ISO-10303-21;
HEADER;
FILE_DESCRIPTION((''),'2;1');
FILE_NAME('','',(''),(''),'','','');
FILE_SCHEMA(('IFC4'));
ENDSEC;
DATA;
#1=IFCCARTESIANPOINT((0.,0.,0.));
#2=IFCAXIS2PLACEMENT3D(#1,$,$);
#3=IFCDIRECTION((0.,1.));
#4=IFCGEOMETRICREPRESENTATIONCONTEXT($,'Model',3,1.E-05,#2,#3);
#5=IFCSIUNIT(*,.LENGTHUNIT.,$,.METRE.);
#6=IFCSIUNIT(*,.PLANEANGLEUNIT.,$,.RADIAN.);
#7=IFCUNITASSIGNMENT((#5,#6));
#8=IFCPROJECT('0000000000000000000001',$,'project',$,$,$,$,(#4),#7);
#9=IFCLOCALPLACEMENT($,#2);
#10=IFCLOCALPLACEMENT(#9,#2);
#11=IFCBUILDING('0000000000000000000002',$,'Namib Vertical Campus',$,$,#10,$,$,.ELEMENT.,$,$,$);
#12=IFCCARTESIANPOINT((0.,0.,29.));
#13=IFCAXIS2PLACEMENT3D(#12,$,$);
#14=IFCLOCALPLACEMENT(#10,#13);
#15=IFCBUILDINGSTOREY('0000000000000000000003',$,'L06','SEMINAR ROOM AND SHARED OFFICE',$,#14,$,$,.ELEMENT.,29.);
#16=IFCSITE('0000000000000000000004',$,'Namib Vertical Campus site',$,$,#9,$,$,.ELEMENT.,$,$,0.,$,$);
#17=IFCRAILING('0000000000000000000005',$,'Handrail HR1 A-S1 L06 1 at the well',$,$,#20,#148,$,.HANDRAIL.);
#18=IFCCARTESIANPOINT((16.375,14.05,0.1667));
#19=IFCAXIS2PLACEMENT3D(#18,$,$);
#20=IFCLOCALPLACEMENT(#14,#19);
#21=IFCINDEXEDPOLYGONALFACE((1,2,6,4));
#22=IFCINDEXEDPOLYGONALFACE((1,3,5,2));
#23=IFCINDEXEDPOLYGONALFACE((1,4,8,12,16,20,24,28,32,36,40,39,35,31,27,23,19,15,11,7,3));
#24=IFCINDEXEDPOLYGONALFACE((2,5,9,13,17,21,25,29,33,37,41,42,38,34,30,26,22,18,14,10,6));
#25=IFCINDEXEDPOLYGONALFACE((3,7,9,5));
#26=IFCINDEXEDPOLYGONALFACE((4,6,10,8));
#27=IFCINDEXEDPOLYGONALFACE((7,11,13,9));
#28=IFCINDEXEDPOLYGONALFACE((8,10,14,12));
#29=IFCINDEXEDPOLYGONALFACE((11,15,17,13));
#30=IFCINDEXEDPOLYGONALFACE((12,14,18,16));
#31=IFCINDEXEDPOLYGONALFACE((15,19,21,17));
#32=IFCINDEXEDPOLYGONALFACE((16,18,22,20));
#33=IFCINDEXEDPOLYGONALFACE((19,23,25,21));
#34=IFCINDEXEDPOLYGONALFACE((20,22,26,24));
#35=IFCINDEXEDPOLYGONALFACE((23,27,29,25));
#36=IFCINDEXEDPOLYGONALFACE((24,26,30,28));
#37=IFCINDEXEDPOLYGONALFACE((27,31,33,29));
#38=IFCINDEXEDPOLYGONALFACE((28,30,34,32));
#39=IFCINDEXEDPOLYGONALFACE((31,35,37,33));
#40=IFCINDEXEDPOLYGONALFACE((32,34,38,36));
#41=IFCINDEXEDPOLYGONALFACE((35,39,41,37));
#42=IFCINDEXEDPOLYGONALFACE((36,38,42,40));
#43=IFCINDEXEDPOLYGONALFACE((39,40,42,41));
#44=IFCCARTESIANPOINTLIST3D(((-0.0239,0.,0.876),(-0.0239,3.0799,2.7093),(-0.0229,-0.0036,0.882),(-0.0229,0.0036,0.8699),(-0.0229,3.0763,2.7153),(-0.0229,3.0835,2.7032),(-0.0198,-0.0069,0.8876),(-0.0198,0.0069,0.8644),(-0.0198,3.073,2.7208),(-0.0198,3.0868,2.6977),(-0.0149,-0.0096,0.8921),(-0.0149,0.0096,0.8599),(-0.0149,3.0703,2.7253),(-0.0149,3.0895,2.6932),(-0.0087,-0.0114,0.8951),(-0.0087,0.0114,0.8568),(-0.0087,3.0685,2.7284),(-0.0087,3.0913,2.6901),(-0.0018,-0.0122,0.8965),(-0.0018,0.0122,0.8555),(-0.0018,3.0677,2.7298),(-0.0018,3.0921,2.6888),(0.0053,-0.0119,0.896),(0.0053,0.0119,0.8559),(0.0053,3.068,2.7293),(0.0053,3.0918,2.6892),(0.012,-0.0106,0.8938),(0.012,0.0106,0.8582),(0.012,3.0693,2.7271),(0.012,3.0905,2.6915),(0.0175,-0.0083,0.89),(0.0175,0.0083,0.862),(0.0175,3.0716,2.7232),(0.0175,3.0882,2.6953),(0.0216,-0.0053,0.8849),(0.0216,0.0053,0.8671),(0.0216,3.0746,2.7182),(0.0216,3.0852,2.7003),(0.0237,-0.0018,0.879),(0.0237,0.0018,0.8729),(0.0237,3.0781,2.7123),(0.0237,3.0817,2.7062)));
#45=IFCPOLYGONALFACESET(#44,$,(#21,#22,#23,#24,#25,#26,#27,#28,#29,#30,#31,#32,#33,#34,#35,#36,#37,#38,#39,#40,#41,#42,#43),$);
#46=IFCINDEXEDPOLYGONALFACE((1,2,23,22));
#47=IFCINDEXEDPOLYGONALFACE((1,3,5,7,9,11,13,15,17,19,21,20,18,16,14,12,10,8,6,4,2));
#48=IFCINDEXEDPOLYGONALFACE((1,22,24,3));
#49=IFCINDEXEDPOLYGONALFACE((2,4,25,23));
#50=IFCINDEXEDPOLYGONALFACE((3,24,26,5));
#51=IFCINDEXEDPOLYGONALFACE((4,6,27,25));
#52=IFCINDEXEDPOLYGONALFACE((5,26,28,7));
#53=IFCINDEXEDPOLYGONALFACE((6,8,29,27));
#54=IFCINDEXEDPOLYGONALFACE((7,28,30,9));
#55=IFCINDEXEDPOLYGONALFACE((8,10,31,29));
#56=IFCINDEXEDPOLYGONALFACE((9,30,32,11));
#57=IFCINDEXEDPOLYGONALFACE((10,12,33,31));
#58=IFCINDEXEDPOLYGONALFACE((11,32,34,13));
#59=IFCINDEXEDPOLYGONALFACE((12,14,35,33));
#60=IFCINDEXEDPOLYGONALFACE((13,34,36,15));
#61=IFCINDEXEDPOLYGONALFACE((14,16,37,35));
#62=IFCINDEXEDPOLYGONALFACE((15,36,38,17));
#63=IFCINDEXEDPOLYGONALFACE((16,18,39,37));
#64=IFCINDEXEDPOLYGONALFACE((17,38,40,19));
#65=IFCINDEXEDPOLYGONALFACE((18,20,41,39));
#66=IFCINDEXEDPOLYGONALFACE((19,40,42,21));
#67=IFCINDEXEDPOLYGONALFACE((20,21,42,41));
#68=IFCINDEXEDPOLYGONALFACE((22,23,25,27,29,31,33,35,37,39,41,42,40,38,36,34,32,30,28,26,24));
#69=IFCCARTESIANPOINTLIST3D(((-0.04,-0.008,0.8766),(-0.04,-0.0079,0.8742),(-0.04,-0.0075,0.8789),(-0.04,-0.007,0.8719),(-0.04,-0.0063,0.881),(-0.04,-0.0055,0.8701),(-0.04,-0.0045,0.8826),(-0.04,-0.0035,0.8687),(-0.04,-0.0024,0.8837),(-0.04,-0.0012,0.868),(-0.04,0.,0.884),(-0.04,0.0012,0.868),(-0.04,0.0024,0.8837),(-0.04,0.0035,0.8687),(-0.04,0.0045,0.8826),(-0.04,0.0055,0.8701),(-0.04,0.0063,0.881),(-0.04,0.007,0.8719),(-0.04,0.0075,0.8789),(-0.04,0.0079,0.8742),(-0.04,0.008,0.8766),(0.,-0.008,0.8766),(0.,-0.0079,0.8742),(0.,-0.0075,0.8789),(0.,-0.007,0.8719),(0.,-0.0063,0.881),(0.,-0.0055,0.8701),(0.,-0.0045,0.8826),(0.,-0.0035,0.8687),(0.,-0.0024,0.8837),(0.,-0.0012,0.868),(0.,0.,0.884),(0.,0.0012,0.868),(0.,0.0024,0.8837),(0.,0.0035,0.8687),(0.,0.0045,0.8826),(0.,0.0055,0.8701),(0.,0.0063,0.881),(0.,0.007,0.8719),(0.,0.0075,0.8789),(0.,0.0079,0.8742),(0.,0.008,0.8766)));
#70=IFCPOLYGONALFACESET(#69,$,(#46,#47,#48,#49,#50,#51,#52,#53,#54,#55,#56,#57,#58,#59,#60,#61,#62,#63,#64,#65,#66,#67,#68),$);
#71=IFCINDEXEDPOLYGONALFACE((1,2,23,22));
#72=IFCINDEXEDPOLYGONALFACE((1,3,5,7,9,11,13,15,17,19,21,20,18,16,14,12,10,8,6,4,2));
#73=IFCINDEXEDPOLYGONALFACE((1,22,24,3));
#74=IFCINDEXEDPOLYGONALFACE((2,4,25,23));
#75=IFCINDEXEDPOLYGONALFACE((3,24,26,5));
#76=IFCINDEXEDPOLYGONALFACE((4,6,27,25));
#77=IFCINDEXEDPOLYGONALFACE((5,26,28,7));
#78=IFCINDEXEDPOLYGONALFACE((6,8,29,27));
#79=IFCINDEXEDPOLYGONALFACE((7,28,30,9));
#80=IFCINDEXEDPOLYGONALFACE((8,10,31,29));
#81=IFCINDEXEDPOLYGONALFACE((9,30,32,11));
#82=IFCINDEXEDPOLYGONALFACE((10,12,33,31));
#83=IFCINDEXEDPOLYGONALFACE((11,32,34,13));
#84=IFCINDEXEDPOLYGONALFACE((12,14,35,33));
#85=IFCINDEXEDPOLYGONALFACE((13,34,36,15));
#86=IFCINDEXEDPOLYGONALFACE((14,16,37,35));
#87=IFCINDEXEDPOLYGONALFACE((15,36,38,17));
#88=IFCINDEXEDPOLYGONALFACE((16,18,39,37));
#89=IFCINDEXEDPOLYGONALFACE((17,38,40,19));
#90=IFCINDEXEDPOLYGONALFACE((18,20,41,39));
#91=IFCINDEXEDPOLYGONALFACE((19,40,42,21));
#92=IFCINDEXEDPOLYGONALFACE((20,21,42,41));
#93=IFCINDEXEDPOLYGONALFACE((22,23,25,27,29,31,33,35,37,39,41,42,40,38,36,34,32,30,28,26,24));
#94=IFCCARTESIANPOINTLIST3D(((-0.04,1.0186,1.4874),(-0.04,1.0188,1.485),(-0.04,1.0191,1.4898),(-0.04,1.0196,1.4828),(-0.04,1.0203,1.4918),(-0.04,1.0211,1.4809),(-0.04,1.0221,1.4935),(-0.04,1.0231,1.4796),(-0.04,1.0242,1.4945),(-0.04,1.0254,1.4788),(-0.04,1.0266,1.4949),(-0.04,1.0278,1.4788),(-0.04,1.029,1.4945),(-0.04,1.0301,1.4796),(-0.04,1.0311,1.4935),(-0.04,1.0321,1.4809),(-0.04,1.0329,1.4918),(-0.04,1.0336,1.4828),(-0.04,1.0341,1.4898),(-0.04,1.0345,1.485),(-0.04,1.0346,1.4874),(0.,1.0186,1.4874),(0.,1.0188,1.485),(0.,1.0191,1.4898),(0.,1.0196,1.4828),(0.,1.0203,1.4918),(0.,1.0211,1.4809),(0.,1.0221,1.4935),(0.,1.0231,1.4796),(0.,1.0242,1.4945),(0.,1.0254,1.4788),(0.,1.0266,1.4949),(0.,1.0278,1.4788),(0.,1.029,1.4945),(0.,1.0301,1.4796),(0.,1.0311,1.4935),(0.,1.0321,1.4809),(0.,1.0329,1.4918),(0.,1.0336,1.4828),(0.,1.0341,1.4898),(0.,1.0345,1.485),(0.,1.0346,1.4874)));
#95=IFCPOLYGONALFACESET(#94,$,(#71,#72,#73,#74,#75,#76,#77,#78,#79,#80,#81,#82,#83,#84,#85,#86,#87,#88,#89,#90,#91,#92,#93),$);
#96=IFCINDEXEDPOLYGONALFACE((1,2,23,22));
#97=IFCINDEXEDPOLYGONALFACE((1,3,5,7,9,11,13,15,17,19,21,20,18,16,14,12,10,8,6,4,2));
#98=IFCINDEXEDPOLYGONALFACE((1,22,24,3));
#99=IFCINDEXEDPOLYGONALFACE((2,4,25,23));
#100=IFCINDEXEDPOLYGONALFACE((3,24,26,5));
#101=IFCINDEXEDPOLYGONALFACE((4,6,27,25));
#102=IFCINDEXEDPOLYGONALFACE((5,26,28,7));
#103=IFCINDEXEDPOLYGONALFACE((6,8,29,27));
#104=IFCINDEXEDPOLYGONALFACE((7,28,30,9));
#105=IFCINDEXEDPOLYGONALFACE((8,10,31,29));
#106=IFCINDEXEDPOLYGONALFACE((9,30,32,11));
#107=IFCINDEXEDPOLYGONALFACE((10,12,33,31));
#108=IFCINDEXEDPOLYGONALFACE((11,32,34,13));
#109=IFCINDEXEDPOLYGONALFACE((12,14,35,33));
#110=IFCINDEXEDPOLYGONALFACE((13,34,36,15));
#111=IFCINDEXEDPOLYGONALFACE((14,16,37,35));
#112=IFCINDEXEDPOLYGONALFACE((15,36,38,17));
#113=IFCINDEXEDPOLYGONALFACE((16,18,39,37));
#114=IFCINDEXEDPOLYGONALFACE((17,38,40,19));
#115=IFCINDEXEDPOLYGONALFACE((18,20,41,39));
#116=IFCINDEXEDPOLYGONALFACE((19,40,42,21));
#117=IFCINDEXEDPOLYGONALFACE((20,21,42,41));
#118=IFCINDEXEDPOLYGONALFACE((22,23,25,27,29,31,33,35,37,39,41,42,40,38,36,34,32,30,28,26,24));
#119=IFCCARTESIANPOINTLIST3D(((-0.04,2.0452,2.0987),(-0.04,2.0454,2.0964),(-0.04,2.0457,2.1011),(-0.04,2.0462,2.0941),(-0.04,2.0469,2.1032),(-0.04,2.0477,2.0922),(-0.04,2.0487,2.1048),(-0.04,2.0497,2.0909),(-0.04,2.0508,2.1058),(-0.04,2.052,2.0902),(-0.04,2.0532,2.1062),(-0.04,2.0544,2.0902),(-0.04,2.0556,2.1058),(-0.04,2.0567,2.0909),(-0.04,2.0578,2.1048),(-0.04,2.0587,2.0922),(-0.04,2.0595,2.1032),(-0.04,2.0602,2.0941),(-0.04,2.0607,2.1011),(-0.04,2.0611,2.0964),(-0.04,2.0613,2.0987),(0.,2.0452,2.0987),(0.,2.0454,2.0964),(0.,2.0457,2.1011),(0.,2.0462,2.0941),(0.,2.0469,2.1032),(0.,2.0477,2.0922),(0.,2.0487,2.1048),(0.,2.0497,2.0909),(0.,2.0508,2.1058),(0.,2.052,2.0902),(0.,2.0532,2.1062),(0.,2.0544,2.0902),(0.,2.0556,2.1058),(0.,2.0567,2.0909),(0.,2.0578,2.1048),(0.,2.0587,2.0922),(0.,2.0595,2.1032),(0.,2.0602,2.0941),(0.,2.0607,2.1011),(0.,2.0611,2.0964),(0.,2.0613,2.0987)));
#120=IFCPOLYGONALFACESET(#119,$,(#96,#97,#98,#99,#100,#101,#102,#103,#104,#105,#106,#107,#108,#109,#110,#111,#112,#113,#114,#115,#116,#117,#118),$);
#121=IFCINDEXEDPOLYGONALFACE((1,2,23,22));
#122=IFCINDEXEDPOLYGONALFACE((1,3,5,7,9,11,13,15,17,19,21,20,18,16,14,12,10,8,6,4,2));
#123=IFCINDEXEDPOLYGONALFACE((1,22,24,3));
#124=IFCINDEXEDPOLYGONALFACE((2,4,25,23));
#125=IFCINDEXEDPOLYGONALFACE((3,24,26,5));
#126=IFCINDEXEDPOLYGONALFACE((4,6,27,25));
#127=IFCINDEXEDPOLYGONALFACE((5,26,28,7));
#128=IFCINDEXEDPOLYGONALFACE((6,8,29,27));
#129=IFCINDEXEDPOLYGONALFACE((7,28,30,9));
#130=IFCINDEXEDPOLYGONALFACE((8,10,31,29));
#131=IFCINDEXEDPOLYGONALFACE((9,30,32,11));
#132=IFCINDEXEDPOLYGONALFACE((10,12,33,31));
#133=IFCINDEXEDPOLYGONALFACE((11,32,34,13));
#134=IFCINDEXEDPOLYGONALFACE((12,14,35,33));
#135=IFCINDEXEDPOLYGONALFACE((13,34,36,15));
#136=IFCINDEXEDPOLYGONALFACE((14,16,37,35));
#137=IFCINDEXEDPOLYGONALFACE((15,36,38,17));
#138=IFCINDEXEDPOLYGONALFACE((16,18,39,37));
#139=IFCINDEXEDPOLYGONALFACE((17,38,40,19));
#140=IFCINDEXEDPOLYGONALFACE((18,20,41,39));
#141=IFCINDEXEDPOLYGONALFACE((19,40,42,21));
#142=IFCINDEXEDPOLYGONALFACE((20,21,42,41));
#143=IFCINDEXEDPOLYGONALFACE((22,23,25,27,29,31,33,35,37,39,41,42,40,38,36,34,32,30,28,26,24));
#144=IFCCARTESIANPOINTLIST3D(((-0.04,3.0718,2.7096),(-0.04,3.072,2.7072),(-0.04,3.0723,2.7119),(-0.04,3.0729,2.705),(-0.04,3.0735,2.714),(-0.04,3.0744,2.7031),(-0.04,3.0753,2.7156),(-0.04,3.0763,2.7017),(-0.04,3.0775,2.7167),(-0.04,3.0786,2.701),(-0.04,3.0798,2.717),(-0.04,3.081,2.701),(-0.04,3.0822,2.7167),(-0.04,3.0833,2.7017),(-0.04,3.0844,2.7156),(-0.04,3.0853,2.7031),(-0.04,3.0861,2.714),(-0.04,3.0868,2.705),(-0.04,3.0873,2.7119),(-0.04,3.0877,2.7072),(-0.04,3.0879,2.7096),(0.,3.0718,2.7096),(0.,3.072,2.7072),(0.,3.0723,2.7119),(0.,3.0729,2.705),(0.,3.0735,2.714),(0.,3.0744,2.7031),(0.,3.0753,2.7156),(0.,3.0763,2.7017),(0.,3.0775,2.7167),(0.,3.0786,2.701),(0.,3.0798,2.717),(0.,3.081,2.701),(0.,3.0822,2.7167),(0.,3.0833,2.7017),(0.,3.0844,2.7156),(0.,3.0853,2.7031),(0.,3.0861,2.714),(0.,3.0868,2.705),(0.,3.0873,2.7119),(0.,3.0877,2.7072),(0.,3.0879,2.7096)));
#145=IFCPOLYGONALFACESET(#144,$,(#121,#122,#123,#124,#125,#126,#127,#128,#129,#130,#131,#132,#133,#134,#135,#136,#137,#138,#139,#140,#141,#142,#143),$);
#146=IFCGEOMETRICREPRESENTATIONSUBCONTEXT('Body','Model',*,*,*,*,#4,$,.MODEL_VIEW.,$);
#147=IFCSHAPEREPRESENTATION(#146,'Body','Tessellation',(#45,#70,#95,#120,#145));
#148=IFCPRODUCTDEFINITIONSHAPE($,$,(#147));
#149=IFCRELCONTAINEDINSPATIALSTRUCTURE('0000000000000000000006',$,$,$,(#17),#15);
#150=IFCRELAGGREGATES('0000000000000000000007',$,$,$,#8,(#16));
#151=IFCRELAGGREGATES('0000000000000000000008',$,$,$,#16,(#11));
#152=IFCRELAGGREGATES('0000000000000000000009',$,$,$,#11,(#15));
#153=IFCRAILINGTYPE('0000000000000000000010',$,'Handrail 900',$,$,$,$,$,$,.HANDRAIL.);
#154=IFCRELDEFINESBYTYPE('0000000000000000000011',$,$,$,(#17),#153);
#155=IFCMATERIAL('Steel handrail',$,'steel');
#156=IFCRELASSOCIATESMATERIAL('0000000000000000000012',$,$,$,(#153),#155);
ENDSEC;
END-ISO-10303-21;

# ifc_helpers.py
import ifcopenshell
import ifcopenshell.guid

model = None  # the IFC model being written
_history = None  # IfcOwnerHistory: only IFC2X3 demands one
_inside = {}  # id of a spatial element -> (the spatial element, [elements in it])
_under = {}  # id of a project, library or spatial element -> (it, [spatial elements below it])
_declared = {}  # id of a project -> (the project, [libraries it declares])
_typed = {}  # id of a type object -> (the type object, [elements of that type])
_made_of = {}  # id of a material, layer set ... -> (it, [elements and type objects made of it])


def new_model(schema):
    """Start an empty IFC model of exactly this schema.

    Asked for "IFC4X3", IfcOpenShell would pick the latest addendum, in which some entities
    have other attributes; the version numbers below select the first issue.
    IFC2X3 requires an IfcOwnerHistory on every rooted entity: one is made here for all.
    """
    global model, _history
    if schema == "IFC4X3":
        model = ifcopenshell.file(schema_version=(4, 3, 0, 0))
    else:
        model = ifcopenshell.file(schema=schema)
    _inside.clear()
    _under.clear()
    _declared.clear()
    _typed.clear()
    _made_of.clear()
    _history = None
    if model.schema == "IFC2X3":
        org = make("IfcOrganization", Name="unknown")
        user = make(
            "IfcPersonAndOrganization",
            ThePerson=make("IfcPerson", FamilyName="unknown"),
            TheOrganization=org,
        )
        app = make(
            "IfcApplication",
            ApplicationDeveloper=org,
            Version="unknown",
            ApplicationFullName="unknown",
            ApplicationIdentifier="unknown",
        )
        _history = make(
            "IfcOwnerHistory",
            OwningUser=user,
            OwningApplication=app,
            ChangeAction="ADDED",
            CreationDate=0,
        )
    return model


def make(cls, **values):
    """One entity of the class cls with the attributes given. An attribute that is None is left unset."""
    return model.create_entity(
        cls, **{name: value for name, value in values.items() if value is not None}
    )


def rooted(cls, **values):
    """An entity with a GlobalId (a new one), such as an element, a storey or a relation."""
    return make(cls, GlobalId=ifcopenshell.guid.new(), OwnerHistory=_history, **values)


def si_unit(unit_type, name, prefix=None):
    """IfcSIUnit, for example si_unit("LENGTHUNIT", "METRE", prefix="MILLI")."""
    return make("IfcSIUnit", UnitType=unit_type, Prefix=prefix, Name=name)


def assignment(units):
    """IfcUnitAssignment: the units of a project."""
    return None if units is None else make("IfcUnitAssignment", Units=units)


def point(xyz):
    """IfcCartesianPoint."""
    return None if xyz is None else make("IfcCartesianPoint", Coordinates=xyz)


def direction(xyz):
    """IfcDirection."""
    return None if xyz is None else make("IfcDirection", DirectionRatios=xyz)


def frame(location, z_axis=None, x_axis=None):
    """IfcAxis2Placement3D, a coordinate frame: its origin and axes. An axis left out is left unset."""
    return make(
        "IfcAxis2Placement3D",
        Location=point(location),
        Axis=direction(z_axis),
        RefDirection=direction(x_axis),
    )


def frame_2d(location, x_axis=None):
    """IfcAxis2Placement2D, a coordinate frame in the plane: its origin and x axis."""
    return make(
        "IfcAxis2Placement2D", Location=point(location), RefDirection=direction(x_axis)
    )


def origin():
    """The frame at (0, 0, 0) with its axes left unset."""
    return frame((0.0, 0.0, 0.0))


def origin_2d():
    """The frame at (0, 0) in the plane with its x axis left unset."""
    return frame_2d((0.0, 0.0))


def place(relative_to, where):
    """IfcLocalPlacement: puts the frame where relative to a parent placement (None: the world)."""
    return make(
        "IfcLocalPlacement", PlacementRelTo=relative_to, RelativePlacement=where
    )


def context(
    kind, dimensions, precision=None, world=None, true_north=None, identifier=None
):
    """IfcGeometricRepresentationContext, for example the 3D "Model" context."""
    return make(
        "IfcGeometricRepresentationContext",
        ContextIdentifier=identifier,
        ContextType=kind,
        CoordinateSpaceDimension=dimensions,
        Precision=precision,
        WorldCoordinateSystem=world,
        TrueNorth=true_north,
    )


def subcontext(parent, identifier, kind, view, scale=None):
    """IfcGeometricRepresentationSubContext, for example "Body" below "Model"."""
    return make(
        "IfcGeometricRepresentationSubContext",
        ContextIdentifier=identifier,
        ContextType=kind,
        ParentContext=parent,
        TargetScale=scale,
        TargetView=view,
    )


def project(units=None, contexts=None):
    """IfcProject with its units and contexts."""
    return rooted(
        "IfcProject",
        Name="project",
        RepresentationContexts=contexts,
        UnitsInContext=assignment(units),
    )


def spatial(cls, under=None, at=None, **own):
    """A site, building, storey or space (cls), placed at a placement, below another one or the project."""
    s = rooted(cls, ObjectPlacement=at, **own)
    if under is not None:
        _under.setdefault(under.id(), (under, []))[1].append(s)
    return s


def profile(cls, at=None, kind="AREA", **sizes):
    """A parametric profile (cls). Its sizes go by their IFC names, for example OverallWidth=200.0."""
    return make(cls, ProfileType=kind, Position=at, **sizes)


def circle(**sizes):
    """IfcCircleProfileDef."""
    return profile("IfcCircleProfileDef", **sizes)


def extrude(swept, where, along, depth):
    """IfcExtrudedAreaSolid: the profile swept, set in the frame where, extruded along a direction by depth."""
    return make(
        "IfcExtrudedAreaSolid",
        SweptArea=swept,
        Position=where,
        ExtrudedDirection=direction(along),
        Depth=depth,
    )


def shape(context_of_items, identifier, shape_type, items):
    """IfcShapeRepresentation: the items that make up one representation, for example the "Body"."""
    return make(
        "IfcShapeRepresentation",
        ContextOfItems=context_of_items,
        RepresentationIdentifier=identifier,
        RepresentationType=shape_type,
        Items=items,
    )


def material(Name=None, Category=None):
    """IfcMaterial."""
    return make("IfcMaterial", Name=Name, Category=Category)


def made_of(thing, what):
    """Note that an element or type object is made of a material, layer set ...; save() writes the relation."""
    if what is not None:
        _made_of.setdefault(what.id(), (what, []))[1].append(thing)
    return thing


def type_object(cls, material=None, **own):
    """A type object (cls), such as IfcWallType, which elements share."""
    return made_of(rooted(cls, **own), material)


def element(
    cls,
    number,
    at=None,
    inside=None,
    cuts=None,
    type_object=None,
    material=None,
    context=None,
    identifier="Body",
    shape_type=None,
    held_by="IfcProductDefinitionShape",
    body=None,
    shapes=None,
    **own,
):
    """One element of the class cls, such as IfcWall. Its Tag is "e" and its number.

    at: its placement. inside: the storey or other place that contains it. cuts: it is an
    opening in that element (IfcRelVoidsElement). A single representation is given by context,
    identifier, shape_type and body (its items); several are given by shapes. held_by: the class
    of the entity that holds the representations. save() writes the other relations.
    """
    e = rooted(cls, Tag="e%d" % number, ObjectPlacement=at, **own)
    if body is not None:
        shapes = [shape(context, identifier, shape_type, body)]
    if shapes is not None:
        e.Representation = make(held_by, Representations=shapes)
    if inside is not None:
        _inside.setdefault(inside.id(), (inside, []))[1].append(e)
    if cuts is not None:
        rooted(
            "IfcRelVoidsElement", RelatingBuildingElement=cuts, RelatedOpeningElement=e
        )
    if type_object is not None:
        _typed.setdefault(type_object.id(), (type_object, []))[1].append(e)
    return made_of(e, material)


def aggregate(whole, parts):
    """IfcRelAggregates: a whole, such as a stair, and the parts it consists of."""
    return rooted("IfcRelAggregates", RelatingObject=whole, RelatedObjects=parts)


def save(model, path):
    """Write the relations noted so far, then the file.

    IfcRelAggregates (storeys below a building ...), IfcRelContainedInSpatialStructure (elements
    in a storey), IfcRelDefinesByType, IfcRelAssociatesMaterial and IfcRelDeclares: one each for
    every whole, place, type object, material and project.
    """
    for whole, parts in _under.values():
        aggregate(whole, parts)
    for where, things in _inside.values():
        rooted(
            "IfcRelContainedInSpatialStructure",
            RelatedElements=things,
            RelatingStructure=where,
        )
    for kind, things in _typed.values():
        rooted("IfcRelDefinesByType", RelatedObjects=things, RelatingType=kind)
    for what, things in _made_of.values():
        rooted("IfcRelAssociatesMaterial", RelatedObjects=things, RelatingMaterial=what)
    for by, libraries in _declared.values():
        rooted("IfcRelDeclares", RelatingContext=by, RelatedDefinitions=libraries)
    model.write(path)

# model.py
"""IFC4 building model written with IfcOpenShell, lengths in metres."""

from ifc_helpers import new_model, si_unit, direction, frame, origin, origin_2d, place, context, subcontext, project, spatial, circle, extrude, material, type_object, element, save


model = new_model("IFC4")

# Units and contexts
model_context = context("Model", 3, precision=1e-05, world=origin(), true_north=direction((0.0, 1.0)))
body_context = subcontext(model_context, "Body", "Model", "MODEL_VIEW")
ifc_project = project(units=[si_unit("LENGTHUNIT", "METRE"), si_unit("PLANEANGLEUNIT", "RADIAN")], contexts=[model_context])

# Site, building, storey
site_placement = place(None, origin())
site = spatial("IfcSite", under=ifc_project, at=site_placement, Name="Namib Vertical Campus site", CompositionType="ELEMENT", RefElevation=0.0)
building_placement = place(site_placement, origin())
building = spatial("IfcBuilding", under=site, at=building_placement, Name="Namib Vertical Campus", CompositionType="ELEMENT")
storey_placement = place(building_placement, frame((0.0, 0.0, 29.0)))
storey = spatial("IfcBuildingStorey", under=building, at=storey_placement, Name="L06", Description="SEMINAR ROOM AND SHARED OFFICE", CompositionType="ELEMENT", Elevation=29.0)

# Railing
ifc_material_1 = material(Name="Steel handrail", Category="steel")
railing_type_1 = type_object("IfcRailingType", Name="Handrail 900", PredefinedType="HANDRAIL", material=ifc_material_1)
railing_1_placement = place(storey_placement, frame((16.375, 14.05, 0.1667)))
element("IfcRailing", 1, at=railing_1_placement, inside=storey, type_object=railing_type_1, Name="Handrail HR1 A-S1 L06 1 at the well", PredefinedType="HANDRAIL", context=body_context, shape_type="SweptSolid", body=[
    extrude(circle(Radius=0.0239, at=origin_2d()), frame((0.0, 0.0, 0.876), z_axis=(0.0, 0.859291, 0.511487), x_axis=(-1.0, 0.0, 0.0)), (0.0, 0.0, 1.0), 3.5842),
    extrude(circle(Radius=0.0081, at=origin_2d()), frame((0.0, 0.0, 0.876), z_axis=(-1.0, 0.0, 0.0), x_axis=(0.0, 0.0, 1.0)), (0.0, 0.0, 1.0), 0.04),
    extrude(circle(Radius=0.0081, at=origin_2d()), frame((0.0, 1.0266, 1.4868), z_axis=(-1.0, 0.0, 0.0), x_axis=(0.0, 0.0, 1.0)), (0.0, 0.0, 1.0), 0.04),
    extrude(circle(Radius=0.0081, at=origin_2d()), frame((0.0, 2.0532, 2.0981), z_axis=(-1.0, 0.0, 0.0), x_axis=(0.0, 0.0, 1.0)), (0.0, 0.0, 1.0), 0.04),
    extrude(circle(Radius=0.0081, at=origin_2d()), frame((0.0, 3.0798, 2.709), z_axis=(-1.0, 0.0, 0.0), x_axis=(0.0, 0.0, 1.0)), (0.0, 0.0, 1.0), 0.04),
])

save(model, "model.ifc")
